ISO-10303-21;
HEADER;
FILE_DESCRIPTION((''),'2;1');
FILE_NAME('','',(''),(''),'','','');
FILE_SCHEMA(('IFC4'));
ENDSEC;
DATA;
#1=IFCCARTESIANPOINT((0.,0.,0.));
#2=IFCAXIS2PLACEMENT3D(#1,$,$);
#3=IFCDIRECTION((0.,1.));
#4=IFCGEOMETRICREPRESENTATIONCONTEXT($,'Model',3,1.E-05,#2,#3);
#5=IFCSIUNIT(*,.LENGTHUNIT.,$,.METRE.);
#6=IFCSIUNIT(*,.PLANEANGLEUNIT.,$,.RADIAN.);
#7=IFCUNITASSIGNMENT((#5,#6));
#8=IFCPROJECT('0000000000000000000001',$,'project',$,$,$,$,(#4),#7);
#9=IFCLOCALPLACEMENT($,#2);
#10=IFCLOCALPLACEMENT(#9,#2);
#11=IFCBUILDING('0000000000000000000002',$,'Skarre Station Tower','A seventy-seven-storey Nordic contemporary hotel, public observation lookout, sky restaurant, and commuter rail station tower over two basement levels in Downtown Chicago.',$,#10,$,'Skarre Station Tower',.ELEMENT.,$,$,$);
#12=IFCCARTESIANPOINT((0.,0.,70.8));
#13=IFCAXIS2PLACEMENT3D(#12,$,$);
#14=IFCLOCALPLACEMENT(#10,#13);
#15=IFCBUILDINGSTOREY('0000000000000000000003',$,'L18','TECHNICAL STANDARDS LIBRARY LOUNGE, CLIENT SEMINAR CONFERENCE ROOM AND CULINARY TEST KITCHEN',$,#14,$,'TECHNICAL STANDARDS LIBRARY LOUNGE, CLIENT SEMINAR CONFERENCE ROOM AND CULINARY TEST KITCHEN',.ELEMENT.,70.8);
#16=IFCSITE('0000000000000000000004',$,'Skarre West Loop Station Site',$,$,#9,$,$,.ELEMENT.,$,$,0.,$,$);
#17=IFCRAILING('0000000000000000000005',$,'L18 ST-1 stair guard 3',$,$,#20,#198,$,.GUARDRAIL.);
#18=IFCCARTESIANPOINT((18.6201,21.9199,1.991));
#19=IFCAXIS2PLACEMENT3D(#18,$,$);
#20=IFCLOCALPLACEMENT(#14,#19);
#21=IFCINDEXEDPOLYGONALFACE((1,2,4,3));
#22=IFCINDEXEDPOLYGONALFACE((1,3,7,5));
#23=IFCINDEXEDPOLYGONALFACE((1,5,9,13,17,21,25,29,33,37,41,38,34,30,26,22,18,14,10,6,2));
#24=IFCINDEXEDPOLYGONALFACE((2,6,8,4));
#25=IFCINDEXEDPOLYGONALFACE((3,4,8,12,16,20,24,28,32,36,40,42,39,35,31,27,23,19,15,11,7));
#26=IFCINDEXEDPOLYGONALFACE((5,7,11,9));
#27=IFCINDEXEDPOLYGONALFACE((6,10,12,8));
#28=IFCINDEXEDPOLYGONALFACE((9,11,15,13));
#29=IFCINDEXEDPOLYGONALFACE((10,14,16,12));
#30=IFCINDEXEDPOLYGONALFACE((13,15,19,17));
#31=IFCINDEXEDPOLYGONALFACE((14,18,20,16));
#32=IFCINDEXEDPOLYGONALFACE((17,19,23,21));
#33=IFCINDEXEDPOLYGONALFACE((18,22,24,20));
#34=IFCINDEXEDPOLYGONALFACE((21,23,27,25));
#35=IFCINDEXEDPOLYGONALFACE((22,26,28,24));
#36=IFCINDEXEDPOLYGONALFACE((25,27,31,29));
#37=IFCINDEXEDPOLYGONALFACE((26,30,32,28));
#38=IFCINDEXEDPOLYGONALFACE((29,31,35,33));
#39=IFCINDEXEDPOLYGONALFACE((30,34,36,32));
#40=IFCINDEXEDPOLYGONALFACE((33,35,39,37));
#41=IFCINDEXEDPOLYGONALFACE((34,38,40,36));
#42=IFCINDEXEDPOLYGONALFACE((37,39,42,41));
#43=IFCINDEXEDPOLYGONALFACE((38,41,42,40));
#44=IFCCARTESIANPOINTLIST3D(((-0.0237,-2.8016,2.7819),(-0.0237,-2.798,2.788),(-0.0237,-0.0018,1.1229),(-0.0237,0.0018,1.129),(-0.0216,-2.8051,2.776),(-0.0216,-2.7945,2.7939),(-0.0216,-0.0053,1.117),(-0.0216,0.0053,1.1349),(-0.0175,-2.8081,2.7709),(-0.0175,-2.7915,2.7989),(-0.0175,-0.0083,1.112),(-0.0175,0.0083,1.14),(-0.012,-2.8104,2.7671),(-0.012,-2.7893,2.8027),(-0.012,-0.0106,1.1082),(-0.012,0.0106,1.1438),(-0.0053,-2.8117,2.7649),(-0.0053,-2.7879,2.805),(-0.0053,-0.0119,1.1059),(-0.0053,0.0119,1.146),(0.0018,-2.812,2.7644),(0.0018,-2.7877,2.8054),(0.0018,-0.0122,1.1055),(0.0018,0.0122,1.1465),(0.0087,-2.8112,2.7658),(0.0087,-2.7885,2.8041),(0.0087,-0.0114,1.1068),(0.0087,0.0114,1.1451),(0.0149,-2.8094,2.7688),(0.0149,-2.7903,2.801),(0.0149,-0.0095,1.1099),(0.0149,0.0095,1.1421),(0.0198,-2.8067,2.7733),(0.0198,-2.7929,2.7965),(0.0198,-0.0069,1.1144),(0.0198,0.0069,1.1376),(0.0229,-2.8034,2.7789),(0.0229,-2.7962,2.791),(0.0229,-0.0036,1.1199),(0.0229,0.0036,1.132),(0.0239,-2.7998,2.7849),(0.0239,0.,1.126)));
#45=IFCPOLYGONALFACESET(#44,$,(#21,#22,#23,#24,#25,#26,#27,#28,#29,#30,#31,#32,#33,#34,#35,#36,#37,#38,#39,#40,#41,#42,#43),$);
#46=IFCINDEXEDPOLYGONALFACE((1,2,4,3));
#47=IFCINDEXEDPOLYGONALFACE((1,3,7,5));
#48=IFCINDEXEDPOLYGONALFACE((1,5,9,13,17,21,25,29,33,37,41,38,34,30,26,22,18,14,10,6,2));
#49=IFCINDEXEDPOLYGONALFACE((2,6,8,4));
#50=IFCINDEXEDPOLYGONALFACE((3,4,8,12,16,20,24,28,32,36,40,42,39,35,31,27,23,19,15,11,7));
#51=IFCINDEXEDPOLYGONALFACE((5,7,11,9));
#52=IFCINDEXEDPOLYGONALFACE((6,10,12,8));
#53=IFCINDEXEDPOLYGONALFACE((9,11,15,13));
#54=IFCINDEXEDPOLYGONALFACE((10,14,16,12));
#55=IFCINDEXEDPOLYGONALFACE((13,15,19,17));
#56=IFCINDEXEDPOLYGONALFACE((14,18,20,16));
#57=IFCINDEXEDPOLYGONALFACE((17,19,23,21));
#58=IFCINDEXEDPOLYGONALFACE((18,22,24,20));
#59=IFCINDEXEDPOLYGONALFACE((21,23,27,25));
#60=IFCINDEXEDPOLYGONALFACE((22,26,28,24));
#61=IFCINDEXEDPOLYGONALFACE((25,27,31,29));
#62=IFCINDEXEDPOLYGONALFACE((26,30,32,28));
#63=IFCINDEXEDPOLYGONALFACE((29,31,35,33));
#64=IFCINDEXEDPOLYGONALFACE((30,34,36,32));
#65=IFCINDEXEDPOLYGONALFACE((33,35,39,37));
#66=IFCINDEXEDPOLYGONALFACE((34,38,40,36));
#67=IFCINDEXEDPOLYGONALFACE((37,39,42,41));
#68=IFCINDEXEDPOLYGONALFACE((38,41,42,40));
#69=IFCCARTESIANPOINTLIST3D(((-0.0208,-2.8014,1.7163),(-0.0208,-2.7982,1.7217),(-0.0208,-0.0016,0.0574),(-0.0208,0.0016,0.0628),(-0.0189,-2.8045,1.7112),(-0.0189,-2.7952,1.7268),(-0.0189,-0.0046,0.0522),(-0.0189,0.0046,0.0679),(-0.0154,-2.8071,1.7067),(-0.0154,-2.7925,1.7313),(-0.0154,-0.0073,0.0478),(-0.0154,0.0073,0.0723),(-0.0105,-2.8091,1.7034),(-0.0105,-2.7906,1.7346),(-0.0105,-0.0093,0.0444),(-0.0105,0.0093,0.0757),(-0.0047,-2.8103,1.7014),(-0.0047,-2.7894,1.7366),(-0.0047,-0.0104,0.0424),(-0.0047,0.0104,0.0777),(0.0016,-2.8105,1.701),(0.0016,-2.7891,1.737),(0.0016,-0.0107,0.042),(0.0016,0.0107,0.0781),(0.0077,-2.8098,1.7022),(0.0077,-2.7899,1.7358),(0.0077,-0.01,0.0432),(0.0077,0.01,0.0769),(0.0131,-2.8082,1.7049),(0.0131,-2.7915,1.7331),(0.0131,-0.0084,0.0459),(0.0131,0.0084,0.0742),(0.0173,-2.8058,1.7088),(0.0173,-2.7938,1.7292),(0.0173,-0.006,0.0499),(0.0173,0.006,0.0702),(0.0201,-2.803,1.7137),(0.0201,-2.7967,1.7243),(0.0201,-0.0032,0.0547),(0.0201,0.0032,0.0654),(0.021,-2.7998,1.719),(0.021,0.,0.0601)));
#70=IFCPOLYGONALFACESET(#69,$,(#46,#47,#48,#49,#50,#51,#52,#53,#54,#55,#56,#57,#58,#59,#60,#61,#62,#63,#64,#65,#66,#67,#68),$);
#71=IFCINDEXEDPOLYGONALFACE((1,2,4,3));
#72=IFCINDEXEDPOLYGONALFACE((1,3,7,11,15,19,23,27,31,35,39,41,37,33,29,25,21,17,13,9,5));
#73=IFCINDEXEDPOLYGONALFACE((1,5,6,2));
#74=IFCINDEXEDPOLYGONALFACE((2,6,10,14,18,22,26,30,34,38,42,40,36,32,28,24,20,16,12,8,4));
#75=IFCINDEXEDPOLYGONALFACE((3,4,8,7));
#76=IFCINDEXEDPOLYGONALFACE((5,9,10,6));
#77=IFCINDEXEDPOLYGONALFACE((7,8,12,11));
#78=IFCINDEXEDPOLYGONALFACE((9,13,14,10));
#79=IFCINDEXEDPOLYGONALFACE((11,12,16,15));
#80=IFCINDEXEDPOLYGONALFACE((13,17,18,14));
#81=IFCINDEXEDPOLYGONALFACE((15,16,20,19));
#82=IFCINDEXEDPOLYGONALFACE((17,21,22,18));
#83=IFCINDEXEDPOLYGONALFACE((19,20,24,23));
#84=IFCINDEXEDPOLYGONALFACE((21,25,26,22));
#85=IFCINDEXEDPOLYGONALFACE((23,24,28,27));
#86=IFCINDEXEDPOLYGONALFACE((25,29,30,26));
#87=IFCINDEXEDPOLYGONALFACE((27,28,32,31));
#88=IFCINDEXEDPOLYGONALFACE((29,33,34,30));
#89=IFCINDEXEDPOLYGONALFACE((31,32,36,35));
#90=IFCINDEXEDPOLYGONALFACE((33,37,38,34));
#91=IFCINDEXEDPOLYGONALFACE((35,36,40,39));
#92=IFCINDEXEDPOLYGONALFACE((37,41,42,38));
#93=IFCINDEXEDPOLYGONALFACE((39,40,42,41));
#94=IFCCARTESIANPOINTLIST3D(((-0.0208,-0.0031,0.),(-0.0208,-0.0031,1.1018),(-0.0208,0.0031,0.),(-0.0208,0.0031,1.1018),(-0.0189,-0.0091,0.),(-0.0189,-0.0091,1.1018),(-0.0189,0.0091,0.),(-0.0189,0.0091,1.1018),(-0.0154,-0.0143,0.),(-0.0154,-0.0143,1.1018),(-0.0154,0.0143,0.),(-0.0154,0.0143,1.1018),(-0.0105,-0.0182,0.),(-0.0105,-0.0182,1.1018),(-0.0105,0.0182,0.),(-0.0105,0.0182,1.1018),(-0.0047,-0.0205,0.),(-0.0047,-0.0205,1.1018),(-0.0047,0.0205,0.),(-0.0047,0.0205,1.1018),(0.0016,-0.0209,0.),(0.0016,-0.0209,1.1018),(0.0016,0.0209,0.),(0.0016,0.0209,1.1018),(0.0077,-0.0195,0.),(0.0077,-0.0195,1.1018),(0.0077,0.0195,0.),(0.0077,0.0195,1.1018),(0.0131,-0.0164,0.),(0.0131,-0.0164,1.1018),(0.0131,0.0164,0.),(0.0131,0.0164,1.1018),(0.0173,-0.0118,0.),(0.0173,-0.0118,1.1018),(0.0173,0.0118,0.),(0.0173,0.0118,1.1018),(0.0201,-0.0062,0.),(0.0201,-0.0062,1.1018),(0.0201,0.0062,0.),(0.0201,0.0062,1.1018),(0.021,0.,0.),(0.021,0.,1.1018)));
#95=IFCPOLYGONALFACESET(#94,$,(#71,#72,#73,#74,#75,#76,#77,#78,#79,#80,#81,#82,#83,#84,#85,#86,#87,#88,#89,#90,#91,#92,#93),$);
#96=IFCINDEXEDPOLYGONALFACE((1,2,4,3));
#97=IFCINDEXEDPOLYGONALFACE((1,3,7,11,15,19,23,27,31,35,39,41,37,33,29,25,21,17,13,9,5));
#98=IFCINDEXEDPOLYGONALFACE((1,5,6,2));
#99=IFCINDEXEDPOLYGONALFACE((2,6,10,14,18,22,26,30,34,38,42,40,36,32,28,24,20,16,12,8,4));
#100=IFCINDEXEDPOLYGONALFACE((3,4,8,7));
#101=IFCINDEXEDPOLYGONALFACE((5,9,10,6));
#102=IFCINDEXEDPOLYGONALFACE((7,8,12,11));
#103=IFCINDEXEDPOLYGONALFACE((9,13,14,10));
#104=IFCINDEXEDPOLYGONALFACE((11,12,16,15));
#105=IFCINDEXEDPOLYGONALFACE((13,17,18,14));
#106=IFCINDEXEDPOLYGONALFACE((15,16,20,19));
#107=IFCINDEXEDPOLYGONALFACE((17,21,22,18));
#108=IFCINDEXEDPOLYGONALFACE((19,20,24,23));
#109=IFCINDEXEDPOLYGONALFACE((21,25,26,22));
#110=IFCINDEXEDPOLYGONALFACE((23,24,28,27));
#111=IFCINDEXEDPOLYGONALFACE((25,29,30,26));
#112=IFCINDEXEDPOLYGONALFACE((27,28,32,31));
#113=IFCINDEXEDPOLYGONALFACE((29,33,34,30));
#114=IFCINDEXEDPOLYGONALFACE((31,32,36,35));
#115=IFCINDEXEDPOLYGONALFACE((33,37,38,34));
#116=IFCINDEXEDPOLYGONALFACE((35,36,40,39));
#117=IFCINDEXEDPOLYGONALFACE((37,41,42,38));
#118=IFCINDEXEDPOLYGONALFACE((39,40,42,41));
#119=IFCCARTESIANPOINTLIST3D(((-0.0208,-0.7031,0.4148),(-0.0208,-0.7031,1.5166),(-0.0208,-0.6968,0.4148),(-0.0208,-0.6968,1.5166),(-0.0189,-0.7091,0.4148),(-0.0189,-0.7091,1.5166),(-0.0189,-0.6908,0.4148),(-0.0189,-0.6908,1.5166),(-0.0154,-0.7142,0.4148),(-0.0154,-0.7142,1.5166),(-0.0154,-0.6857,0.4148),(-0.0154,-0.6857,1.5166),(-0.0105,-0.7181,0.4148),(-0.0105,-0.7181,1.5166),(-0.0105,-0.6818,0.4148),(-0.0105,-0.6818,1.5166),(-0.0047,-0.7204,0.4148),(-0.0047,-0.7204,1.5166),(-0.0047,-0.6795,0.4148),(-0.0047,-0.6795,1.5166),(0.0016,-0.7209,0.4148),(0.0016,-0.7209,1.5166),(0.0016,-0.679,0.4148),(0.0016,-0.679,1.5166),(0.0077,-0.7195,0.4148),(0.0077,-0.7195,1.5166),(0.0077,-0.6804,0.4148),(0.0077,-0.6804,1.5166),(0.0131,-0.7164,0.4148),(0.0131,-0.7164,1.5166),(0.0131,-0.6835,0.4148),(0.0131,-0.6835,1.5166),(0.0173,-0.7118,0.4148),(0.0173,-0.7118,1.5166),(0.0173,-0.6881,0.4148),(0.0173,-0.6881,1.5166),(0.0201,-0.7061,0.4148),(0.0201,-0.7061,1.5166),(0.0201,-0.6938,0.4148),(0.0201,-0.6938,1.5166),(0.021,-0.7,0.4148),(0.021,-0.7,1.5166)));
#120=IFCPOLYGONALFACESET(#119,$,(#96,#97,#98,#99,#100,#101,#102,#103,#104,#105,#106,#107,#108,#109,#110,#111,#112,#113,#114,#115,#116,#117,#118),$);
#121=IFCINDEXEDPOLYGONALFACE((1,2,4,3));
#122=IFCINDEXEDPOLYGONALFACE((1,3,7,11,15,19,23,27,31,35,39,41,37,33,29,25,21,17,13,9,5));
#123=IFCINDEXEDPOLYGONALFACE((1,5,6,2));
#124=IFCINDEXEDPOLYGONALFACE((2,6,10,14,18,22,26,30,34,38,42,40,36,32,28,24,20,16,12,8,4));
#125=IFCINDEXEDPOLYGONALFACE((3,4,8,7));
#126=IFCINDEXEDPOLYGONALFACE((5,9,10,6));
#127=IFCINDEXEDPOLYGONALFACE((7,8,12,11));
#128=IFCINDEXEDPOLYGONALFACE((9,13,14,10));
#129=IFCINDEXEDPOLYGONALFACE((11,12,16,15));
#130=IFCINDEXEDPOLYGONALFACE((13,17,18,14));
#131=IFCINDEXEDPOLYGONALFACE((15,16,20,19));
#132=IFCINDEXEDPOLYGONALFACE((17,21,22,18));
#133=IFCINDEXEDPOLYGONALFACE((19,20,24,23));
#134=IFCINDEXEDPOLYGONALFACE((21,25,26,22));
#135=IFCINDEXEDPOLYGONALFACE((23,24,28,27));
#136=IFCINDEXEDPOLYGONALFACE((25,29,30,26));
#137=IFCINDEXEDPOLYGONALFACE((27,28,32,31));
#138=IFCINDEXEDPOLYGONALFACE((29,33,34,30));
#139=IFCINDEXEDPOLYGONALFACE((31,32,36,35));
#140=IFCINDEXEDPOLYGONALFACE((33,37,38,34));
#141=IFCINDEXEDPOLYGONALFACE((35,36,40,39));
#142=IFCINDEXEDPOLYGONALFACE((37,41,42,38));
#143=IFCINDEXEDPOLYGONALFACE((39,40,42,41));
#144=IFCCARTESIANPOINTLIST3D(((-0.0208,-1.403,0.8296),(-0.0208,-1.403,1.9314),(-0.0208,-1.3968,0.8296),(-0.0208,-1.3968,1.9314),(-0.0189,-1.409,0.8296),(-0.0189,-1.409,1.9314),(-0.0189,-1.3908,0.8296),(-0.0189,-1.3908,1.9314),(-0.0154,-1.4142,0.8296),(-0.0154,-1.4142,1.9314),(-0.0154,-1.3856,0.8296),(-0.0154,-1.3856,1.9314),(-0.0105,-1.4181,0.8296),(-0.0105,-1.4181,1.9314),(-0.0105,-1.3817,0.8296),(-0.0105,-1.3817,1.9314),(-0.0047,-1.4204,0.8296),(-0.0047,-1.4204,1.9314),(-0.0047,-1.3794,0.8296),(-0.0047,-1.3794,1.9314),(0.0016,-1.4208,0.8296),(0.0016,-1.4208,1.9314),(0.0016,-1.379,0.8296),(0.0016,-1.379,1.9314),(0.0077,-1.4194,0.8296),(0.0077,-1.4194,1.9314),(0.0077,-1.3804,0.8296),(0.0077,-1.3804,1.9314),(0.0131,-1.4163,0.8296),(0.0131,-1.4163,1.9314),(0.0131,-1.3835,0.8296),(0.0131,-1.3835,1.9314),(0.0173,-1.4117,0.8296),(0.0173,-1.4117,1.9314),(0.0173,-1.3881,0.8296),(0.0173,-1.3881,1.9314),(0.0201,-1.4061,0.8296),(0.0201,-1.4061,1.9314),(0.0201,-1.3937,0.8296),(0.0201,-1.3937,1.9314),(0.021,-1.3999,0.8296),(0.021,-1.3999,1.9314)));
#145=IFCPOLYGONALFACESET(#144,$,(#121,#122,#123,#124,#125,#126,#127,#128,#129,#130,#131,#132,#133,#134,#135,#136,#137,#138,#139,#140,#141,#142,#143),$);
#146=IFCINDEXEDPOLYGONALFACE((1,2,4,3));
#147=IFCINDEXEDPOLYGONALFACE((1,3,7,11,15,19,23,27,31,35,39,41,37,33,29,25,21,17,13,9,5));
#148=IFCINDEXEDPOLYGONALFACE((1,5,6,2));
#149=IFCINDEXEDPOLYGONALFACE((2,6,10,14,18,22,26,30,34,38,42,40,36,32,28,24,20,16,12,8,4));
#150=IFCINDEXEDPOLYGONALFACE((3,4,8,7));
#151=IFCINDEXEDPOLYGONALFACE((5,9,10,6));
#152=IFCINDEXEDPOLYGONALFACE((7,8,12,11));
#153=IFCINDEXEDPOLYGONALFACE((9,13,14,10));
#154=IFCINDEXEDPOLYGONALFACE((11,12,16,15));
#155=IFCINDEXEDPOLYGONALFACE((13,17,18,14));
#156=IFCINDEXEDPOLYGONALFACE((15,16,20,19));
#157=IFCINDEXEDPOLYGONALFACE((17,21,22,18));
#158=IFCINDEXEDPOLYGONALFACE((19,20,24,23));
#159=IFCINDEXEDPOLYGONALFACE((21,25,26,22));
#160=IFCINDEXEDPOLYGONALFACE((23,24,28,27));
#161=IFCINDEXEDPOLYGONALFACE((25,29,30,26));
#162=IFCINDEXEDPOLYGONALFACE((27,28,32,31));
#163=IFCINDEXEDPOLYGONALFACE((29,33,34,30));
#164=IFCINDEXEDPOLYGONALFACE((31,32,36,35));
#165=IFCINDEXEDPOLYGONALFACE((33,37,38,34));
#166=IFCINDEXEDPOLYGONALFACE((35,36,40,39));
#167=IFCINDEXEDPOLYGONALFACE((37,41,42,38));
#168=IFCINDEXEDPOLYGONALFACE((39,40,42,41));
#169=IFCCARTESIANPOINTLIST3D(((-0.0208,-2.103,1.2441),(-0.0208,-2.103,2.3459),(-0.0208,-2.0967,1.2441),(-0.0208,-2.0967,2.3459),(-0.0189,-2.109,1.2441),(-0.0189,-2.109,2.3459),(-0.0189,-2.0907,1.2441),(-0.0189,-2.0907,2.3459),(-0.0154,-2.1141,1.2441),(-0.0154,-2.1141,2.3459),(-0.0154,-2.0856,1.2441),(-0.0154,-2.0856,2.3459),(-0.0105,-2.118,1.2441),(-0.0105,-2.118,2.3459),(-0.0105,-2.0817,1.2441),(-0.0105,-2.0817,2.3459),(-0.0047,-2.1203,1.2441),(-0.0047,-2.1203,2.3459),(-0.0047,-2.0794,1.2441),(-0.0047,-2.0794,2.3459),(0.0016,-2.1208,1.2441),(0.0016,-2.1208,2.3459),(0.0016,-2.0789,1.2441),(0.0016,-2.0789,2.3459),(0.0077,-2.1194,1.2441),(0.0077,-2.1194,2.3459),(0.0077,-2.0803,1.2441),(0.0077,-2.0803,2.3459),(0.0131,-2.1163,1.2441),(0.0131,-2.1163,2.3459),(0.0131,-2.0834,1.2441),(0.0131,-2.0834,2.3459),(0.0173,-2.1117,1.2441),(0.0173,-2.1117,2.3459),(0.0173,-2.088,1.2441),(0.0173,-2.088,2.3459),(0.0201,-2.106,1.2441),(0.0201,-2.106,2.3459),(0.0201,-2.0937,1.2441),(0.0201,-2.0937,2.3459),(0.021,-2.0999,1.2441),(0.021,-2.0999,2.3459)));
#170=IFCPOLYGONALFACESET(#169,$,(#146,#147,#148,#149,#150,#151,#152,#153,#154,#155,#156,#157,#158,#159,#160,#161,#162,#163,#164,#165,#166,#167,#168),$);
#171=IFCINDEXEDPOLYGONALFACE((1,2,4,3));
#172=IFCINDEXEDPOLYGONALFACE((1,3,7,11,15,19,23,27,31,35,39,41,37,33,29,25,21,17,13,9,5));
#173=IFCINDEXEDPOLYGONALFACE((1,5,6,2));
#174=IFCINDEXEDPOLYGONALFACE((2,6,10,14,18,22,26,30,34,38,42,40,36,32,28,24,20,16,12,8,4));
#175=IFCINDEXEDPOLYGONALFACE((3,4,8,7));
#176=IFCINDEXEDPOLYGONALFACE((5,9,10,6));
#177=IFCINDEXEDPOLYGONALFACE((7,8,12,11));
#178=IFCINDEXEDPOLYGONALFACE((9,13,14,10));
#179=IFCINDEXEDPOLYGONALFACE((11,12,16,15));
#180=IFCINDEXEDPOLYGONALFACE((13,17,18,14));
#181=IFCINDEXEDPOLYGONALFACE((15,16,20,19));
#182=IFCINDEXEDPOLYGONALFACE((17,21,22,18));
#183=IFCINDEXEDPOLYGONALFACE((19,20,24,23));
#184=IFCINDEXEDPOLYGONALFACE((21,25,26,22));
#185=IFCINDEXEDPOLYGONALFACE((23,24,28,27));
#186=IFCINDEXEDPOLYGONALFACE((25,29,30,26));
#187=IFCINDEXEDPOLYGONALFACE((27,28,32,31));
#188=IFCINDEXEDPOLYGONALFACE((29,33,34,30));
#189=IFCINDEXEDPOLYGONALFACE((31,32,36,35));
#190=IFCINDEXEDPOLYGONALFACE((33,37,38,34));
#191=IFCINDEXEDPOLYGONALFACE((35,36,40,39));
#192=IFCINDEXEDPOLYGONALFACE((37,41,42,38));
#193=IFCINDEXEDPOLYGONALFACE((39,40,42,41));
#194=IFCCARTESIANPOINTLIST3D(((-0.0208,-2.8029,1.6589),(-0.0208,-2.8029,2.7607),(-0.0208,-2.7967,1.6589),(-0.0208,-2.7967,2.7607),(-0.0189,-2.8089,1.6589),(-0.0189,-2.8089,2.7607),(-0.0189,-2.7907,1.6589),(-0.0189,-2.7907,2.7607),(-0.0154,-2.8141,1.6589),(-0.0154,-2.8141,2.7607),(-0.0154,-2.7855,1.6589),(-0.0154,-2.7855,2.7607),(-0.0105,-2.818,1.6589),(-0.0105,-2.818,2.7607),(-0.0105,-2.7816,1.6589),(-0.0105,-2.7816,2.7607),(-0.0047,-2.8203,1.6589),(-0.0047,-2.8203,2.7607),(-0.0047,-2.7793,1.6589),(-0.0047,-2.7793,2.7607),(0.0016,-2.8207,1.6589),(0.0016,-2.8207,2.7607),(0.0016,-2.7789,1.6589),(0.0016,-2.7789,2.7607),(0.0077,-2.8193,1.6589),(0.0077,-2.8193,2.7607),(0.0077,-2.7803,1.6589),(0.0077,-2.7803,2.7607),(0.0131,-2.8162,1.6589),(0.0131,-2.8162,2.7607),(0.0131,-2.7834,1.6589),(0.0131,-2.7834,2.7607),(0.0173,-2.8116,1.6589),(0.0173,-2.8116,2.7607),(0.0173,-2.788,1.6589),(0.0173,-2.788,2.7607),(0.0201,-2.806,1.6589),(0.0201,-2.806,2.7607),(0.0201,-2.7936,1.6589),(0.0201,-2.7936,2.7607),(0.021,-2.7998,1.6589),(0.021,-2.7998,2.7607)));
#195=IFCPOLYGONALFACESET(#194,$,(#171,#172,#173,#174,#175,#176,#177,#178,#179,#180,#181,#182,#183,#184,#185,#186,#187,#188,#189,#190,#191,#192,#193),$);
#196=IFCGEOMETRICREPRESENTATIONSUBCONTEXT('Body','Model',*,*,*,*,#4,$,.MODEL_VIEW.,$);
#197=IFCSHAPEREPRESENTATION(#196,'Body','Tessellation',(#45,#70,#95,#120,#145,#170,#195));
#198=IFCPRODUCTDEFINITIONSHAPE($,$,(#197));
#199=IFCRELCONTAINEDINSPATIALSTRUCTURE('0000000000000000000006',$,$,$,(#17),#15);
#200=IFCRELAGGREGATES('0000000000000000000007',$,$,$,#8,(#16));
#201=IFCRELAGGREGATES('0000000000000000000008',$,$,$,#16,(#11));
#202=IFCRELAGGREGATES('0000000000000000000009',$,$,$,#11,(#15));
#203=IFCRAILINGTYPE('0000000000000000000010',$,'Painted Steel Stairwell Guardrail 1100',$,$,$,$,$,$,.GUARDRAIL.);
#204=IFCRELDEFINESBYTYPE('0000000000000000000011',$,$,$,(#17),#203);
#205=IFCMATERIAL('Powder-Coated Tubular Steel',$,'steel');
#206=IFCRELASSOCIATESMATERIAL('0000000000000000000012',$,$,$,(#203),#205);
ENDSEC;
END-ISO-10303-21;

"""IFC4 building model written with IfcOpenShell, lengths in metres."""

from ifc_helpers import new_model, si_unit, direction, frame, origin, origin_2d, place, context, subcontext, project, spatial, circle, extrude, material, type_object, element, save


model = new_model("IFC4")

# Units and contexts
model_context = context("Model", 3, precision=1e-05, world=origin(), true_north=direction((0.0, 1.0)))
body_context = subcontext(model_context, "Body", "Model", "MODEL_VIEW")
ifc_project = project(units=[si_unit("LENGTHUNIT", "METRE"), si_unit("PLANEANGLEUNIT", "RADIAN")], contexts=[model_context])

# Site, building, storey
site_placement = place(None, origin())
site = spatial("IfcSite", under=ifc_project, at=site_placement, Name="Skarre West Loop Station Site", CompositionType="ELEMENT", RefElevation=0.0)
building_placement = place(site_placement, origin())
building = spatial("IfcBuilding", under=site, at=building_placement, Name="Skarre Station Tower", Description="A seventy-seven-storey Nordic contemporary hotel, public observation lookout, sky restaurant, and commuter rail station tower over two basement levels in Downtown Chicago.", LongName="Skarre Station Tower", CompositionType="ELEMENT")
storey_placement = place(building_placement, frame((0.0, 0.0, 70.8)))
storey = spatial("IfcBuildingStorey", under=building, at=storey_placement, Name="L18", Description="TECHNICAL STANDARDS LIBRARY LOUNGE, CLIENT SEMINAR CONFERENCE ROOM AND CULINARY TEST KITCHEN", LongName="TECHNICAL STANDARDS LIBRARY LOUNGE, CLIENT SEMINAR CONFERENCE ROOM AND CULINARY TEST KITCHEN", CompositionType="ELEMENT", Elevation=70.8)

# Railing
ifc_material_1 = material(Name="Powder-Coated Tubular Steel", Category="steel")
railing_type_1 = type_object("IfcRailingType", Name="Painted Steel Stairwell Guardrail 1100", PredefinedType="GUARDRAIL", material=ifc_material_1)
railing_1_placement = place(storey_placement, frame((18.6201, 21.9199, 1.991)))
element("IfcRailing", 1, at=railing_1_placement, inside=storey, type_object=railing_type_1, Name="L18 ST-1 stair guard 3", PredefinedType="GUARDRAIL", context=body_context, shape_type="SweptSolid", body=[
    extrude(circle(Radius=0.0239, at=origin_2d()), frame((0.0, 0.0, 1.126), z_axis=(0.0, -0.86032, 0.509755), x_axis=(1.0, 0.0, 0.0)), (0.0, 0.0, 1.0), 3.2544),
    extrude(circle(Radius=0.021, at=origin_2d()), frame((0.0, 0.0, 0.0601), z_axis=(0.0, -0.86032, 0.509755), x_axis=(1.0, 0.0, 0.0)), (0.0, 0.0, 1.0), 3.2544),
    extrude(circle(Radius=0.021, at=origin_2d()), origin(), (0.0, 0.0, 1.0), 1.1018),
    extrude(circle(Radius=0.021, at=origin_2d()), frame((0.0, -0.7, 0.4148)), (0.0, 0.0, 1.0), 1.1018),
    extrude(circle(Radius=0.021, at=origin_2d()), frame((0.0, -1.3999, 0.8296)), (0.0, 0.0, 1.0), 1.1018),
    extrude(circle(Radius=0.021, at=origin_2d()), frame((0.0, -2.0999, 1.2441)), (0.0, 0.0, 1.0), 1.1018),
    extrude(circle(Radius=0.021, at=origin_2d()), frame((0.0, -2.7998, 1.6589)), (0.0, 0.0, 1.0), 1.1018),
])

save(model, "model.ifc")
